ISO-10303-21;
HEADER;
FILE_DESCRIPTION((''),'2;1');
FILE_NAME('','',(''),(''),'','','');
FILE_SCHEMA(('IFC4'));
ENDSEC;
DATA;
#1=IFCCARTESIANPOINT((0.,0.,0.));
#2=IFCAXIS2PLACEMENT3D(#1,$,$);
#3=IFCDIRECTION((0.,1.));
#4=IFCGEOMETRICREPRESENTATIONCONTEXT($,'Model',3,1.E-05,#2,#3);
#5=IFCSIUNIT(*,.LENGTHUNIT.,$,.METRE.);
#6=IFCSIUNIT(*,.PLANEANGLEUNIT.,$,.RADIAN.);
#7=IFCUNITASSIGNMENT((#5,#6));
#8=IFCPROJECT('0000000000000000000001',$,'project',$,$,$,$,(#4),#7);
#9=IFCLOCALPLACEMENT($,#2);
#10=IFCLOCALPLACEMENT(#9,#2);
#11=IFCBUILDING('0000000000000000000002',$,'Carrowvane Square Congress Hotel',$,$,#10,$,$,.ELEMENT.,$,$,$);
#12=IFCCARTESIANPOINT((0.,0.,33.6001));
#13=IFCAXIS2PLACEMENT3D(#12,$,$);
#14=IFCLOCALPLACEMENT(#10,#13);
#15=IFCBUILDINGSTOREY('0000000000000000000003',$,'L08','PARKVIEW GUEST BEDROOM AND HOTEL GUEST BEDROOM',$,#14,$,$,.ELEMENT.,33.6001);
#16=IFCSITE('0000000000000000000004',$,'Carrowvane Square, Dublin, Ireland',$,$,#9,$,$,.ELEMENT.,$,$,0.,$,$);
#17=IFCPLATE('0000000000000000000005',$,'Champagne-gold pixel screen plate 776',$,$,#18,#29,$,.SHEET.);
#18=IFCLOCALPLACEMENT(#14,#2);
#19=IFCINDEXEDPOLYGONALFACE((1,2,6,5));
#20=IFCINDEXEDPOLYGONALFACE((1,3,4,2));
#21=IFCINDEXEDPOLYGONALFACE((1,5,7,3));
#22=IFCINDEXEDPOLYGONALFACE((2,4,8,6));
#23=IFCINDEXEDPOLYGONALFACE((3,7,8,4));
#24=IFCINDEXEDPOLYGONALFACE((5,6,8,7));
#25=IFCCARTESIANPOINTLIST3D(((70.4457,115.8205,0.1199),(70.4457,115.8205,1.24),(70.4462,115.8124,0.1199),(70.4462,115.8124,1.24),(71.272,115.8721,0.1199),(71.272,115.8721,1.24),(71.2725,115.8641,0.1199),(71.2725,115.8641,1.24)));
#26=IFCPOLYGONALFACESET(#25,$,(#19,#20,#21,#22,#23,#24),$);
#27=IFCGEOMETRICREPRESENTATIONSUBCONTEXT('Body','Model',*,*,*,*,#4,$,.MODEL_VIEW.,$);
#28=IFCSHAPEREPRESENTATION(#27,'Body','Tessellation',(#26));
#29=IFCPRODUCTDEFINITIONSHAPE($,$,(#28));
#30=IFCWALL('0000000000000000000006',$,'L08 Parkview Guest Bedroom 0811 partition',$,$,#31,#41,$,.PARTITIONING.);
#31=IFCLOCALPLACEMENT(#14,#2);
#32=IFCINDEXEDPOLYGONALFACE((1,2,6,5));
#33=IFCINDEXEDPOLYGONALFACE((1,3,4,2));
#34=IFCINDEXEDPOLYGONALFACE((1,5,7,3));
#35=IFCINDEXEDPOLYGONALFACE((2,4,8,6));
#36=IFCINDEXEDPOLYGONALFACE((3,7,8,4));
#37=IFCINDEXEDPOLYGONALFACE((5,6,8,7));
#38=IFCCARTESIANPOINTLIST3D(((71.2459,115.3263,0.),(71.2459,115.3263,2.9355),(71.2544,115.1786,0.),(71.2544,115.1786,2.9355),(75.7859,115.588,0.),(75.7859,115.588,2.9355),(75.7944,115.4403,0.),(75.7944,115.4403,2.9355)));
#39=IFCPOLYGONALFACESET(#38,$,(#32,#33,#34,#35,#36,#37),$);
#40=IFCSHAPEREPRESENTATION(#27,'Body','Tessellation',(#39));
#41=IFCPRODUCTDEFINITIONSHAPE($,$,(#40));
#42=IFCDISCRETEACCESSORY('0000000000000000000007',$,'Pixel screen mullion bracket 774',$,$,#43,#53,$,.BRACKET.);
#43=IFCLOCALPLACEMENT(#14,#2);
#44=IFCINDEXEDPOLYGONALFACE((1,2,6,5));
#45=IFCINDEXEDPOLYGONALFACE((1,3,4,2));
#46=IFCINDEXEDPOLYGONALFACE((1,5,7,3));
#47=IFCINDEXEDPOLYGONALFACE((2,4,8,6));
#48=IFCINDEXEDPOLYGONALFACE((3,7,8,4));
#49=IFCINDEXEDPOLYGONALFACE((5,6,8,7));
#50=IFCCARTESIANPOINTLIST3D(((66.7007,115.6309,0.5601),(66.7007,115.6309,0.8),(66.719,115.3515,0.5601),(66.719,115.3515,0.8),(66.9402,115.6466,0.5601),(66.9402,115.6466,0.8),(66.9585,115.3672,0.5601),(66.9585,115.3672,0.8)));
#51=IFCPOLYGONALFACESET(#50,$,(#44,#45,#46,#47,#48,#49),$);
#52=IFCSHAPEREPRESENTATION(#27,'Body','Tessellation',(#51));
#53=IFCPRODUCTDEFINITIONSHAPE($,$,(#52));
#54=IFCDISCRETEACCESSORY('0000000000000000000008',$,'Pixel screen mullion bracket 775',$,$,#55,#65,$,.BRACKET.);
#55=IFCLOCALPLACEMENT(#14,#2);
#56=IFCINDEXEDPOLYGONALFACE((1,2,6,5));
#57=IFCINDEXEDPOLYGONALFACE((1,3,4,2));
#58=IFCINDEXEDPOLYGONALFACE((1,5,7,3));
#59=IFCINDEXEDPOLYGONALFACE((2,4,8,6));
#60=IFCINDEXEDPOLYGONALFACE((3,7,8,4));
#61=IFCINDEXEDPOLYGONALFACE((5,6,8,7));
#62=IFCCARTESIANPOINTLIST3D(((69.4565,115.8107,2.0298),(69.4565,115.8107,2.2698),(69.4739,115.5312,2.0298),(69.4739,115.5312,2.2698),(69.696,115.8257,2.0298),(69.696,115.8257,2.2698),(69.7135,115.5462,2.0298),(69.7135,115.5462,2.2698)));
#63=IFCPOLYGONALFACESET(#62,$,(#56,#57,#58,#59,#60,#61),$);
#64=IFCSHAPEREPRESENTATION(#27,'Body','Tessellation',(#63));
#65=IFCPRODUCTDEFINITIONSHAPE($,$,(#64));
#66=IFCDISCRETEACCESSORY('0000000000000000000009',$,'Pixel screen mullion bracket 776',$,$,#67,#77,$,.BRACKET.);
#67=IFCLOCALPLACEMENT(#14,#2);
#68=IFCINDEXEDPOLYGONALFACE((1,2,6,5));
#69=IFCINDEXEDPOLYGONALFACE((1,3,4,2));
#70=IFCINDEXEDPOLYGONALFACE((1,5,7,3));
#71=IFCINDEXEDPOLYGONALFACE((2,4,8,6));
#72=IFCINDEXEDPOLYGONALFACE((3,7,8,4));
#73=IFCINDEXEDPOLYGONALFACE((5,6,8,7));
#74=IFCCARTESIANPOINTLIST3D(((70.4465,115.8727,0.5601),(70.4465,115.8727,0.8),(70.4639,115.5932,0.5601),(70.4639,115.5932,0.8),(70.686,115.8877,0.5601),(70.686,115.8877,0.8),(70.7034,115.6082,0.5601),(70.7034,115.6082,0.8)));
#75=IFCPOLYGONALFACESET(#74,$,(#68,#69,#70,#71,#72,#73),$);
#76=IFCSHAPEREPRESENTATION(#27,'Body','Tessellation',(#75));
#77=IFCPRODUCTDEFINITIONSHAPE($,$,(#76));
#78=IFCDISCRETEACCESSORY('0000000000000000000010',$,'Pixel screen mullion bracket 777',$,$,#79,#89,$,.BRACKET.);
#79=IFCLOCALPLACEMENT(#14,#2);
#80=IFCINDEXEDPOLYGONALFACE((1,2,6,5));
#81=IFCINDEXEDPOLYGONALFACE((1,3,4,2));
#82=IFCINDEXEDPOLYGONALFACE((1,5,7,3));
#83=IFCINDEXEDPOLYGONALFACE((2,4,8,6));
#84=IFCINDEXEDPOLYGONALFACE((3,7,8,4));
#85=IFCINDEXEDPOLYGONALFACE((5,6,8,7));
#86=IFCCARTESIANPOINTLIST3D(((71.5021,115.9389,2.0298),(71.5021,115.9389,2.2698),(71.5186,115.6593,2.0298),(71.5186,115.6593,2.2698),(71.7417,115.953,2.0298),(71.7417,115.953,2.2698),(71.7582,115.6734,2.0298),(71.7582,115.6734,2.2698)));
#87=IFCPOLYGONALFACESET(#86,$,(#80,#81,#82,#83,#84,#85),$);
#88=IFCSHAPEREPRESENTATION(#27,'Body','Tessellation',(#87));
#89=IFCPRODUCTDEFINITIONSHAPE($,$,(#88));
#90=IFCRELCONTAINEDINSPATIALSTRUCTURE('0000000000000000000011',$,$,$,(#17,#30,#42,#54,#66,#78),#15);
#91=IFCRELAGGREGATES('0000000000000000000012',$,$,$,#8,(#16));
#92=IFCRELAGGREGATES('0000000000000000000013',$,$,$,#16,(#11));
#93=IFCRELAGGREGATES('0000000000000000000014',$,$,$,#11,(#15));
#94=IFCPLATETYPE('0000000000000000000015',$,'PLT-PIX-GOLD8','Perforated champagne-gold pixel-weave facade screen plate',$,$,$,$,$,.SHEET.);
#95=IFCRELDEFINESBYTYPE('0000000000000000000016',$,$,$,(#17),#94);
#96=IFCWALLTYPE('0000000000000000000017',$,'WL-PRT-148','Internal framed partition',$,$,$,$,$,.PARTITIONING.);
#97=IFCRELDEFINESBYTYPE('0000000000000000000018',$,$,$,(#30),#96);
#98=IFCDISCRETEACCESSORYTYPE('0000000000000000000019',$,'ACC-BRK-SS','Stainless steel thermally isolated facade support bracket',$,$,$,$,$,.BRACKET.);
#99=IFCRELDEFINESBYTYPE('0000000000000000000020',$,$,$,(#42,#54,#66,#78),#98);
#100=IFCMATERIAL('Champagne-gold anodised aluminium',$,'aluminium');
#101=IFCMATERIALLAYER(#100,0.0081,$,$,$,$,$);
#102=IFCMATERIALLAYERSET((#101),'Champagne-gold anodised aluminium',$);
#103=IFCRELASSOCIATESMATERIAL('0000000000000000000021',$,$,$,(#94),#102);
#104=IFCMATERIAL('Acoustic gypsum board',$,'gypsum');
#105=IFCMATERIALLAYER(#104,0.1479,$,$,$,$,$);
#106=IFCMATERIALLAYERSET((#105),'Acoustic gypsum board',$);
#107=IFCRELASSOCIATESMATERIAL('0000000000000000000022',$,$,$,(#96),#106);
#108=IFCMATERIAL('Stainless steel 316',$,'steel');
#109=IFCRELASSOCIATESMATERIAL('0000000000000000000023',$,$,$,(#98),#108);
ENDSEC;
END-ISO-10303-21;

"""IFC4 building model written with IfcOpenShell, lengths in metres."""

from ifc_helpers import new_model, si_unit, direction, frame, frame_2d, origin, origin_2d, place, context, subcontext, project, spatial, rectangle, extrude, material, layer, layer_set, type_object, element, save


model = new_model("IFC4")

# Units and contexts
model_context = context("Model", 3, precision=1e-05, world=origin(), true_north=direction((0.0, 1.0)))
body_context = subcontext(model_context, "Body", "Model", "MODEL_VIEW")
ifc_project = project(units=[si_unit("LENGTHUNIT", "METRE"), si_unit("PLANEANGLEUNIT", "RADIAN")], contexts=[model_context])

# Site, building, storey
site_placement = place(None, origin())
site = spatial("IfcSite", under=ifc_project, at=site_placement, Name="Carrowvane Square, Dublin, Ireland", CompositionType="ELEMENT", RefElevation=0.0)
building_placement = place(site_placement, origin())
building = spatial("IfcBuilding", under=site, at=building_placement, Name="Carrowvane Square Congress Hotel", CompositionType="ELEMENT")
storey_placement = place(building_placement, frame((0.0, 0.0, 33.6001)))
storey = spatial("IfcBuildingStorey", under=building, at=storey_placement, Name="L08", Description="PARKVIEW GUEST BEDROOM AND HOTEL GUEST BEDROOM", CompositionType="ELEMENT", Elevation=33.6001)

# Plate
ifc_material_1 = material(Name="Champagne-gold anodised aluminium", Category="aluminium")
ifc_layer_1 = layer(ifc_material_1, 0.0081)
ifc_layer_set_1 = layer_set([ifc_layer_1], Name="Champagne-gold anodised aluminium")
plate_type_1 = type_object("IfcPlateType", Name="PLT-PIX-GOLD8", Description="Perforated champagne-gold pixel-weave facade screen plate", PredefinedType="SHEET", material=ifc_layer_set_1)
for number, where, z_axis, x_axis, name in (
    (1, (70.8591, 115.8423, 0.1199), (0.0, 0.0, 1.0), (0.998051, 0.062397, 0.0), "Champagne-gold pixel screen plate 776"),
):
    element("IfcPlate", number, at=place(storey_placement, frame(where, z_axis=z_axis, x_axis=x_axis)), inside=storey, type_object=plate_type_1, Name=name, PredefinedType="SHEET", context=body_context, shape_type="SweptSolid", body=[
        extrude(rectangle(XDim=0.8279, YDim=0.0081, at=origin_2d()), origin(), (0.0, 0.0, 1.0), 1.1201),
    ])

# Wall
ifc_material_2 = material(Name="Acoustic gypsum board", Category="gypsum")
ifc_layer_2 = layer(ifc_material_2, 0.1479)
ifc_layer_set_2 = layer_set([ifc_layer_2], Name="Acoustic gypsum board")
wall_type = type_object("IfcWallType", Name="WL-PRT-148", Description="Internal framed partition", PredefinedType="PARTITIONING", material=ifc_layer_set_2)
wall_placement = place(storey_placement, frame((71.25, 115.2524, 0.0), z_axis=(0.0, 0.0, 1.0), x_axis=(0.998343, 0.057551, 0.0)))
element("IfcWall", 2, at=wall_placement, inside=storey, type_object=wall_type, Name="L08 Parkview Guest Bedroom 0811 partition", PredefinedType="PARTITIONING", context=body_context, shape_type="SweptSolid", body=[
    extrude(rectangle(XDim=4.5476, YDim=0.1479, at=frame_2d((2.2739, 0.0))), origin(), (0.0, 0.0, 1.0), 2.9355),
])

# Discrete accessories
ifc_material_3 = material(Name="Stainless steel 316", Category="steel")
discrete_accessory_type = type_object("IfcDiscreteAccessoryType", Name="ACC-BRK-SS", Description="Stainless steel thermally isolated facade support bracket", PredefinedType="BRACKET", material=ifc_material_3)
for number, where, z_axis, x_axis, name in (
    (3, (66.8296, 115.499, 0.5601), (0.0, 0.0, 1.0), (0.997858, 0.065413, 0.0), "Pixel screen mullion bracket 774"),
    (4, (69.585, 115.6785, 2.0298), (0.0, 0.0, 1.0), (0.998051, 0.062397, 0.0), "Pixel screen mullion bracket 775"),
    (5, (70.575, 115.7405, 0.5601), (0.0, 0.0, 1.0), (0.998051, 0.062397, 0.0), "Pixel screen mullion bracket 776"),
    (6, (71.6301, 115.8062, 2.0298), (0.0, 0.0, 1.0), (0.998267, 0.058852, 0.0), "Pixel screen mullion bracket 777"),
):
    element("IfcDiscreteAccessory", number, at=place(storey_placement, frame(where, z_axis=z_axis, x_axis=x_axis)), inside=storey, type_object=discrete_accessory_type, Name=name, PredefinedType="BRACKET", context=body_context, shape_type="SweptSolid", body=[
        extrude(rectangle(XDim=0.24, YDim=0.28, at=origin_2d()), origin(), (0.0, 0.0, 1.0), 0.24),
    ])

save(model, "model.ifc")
